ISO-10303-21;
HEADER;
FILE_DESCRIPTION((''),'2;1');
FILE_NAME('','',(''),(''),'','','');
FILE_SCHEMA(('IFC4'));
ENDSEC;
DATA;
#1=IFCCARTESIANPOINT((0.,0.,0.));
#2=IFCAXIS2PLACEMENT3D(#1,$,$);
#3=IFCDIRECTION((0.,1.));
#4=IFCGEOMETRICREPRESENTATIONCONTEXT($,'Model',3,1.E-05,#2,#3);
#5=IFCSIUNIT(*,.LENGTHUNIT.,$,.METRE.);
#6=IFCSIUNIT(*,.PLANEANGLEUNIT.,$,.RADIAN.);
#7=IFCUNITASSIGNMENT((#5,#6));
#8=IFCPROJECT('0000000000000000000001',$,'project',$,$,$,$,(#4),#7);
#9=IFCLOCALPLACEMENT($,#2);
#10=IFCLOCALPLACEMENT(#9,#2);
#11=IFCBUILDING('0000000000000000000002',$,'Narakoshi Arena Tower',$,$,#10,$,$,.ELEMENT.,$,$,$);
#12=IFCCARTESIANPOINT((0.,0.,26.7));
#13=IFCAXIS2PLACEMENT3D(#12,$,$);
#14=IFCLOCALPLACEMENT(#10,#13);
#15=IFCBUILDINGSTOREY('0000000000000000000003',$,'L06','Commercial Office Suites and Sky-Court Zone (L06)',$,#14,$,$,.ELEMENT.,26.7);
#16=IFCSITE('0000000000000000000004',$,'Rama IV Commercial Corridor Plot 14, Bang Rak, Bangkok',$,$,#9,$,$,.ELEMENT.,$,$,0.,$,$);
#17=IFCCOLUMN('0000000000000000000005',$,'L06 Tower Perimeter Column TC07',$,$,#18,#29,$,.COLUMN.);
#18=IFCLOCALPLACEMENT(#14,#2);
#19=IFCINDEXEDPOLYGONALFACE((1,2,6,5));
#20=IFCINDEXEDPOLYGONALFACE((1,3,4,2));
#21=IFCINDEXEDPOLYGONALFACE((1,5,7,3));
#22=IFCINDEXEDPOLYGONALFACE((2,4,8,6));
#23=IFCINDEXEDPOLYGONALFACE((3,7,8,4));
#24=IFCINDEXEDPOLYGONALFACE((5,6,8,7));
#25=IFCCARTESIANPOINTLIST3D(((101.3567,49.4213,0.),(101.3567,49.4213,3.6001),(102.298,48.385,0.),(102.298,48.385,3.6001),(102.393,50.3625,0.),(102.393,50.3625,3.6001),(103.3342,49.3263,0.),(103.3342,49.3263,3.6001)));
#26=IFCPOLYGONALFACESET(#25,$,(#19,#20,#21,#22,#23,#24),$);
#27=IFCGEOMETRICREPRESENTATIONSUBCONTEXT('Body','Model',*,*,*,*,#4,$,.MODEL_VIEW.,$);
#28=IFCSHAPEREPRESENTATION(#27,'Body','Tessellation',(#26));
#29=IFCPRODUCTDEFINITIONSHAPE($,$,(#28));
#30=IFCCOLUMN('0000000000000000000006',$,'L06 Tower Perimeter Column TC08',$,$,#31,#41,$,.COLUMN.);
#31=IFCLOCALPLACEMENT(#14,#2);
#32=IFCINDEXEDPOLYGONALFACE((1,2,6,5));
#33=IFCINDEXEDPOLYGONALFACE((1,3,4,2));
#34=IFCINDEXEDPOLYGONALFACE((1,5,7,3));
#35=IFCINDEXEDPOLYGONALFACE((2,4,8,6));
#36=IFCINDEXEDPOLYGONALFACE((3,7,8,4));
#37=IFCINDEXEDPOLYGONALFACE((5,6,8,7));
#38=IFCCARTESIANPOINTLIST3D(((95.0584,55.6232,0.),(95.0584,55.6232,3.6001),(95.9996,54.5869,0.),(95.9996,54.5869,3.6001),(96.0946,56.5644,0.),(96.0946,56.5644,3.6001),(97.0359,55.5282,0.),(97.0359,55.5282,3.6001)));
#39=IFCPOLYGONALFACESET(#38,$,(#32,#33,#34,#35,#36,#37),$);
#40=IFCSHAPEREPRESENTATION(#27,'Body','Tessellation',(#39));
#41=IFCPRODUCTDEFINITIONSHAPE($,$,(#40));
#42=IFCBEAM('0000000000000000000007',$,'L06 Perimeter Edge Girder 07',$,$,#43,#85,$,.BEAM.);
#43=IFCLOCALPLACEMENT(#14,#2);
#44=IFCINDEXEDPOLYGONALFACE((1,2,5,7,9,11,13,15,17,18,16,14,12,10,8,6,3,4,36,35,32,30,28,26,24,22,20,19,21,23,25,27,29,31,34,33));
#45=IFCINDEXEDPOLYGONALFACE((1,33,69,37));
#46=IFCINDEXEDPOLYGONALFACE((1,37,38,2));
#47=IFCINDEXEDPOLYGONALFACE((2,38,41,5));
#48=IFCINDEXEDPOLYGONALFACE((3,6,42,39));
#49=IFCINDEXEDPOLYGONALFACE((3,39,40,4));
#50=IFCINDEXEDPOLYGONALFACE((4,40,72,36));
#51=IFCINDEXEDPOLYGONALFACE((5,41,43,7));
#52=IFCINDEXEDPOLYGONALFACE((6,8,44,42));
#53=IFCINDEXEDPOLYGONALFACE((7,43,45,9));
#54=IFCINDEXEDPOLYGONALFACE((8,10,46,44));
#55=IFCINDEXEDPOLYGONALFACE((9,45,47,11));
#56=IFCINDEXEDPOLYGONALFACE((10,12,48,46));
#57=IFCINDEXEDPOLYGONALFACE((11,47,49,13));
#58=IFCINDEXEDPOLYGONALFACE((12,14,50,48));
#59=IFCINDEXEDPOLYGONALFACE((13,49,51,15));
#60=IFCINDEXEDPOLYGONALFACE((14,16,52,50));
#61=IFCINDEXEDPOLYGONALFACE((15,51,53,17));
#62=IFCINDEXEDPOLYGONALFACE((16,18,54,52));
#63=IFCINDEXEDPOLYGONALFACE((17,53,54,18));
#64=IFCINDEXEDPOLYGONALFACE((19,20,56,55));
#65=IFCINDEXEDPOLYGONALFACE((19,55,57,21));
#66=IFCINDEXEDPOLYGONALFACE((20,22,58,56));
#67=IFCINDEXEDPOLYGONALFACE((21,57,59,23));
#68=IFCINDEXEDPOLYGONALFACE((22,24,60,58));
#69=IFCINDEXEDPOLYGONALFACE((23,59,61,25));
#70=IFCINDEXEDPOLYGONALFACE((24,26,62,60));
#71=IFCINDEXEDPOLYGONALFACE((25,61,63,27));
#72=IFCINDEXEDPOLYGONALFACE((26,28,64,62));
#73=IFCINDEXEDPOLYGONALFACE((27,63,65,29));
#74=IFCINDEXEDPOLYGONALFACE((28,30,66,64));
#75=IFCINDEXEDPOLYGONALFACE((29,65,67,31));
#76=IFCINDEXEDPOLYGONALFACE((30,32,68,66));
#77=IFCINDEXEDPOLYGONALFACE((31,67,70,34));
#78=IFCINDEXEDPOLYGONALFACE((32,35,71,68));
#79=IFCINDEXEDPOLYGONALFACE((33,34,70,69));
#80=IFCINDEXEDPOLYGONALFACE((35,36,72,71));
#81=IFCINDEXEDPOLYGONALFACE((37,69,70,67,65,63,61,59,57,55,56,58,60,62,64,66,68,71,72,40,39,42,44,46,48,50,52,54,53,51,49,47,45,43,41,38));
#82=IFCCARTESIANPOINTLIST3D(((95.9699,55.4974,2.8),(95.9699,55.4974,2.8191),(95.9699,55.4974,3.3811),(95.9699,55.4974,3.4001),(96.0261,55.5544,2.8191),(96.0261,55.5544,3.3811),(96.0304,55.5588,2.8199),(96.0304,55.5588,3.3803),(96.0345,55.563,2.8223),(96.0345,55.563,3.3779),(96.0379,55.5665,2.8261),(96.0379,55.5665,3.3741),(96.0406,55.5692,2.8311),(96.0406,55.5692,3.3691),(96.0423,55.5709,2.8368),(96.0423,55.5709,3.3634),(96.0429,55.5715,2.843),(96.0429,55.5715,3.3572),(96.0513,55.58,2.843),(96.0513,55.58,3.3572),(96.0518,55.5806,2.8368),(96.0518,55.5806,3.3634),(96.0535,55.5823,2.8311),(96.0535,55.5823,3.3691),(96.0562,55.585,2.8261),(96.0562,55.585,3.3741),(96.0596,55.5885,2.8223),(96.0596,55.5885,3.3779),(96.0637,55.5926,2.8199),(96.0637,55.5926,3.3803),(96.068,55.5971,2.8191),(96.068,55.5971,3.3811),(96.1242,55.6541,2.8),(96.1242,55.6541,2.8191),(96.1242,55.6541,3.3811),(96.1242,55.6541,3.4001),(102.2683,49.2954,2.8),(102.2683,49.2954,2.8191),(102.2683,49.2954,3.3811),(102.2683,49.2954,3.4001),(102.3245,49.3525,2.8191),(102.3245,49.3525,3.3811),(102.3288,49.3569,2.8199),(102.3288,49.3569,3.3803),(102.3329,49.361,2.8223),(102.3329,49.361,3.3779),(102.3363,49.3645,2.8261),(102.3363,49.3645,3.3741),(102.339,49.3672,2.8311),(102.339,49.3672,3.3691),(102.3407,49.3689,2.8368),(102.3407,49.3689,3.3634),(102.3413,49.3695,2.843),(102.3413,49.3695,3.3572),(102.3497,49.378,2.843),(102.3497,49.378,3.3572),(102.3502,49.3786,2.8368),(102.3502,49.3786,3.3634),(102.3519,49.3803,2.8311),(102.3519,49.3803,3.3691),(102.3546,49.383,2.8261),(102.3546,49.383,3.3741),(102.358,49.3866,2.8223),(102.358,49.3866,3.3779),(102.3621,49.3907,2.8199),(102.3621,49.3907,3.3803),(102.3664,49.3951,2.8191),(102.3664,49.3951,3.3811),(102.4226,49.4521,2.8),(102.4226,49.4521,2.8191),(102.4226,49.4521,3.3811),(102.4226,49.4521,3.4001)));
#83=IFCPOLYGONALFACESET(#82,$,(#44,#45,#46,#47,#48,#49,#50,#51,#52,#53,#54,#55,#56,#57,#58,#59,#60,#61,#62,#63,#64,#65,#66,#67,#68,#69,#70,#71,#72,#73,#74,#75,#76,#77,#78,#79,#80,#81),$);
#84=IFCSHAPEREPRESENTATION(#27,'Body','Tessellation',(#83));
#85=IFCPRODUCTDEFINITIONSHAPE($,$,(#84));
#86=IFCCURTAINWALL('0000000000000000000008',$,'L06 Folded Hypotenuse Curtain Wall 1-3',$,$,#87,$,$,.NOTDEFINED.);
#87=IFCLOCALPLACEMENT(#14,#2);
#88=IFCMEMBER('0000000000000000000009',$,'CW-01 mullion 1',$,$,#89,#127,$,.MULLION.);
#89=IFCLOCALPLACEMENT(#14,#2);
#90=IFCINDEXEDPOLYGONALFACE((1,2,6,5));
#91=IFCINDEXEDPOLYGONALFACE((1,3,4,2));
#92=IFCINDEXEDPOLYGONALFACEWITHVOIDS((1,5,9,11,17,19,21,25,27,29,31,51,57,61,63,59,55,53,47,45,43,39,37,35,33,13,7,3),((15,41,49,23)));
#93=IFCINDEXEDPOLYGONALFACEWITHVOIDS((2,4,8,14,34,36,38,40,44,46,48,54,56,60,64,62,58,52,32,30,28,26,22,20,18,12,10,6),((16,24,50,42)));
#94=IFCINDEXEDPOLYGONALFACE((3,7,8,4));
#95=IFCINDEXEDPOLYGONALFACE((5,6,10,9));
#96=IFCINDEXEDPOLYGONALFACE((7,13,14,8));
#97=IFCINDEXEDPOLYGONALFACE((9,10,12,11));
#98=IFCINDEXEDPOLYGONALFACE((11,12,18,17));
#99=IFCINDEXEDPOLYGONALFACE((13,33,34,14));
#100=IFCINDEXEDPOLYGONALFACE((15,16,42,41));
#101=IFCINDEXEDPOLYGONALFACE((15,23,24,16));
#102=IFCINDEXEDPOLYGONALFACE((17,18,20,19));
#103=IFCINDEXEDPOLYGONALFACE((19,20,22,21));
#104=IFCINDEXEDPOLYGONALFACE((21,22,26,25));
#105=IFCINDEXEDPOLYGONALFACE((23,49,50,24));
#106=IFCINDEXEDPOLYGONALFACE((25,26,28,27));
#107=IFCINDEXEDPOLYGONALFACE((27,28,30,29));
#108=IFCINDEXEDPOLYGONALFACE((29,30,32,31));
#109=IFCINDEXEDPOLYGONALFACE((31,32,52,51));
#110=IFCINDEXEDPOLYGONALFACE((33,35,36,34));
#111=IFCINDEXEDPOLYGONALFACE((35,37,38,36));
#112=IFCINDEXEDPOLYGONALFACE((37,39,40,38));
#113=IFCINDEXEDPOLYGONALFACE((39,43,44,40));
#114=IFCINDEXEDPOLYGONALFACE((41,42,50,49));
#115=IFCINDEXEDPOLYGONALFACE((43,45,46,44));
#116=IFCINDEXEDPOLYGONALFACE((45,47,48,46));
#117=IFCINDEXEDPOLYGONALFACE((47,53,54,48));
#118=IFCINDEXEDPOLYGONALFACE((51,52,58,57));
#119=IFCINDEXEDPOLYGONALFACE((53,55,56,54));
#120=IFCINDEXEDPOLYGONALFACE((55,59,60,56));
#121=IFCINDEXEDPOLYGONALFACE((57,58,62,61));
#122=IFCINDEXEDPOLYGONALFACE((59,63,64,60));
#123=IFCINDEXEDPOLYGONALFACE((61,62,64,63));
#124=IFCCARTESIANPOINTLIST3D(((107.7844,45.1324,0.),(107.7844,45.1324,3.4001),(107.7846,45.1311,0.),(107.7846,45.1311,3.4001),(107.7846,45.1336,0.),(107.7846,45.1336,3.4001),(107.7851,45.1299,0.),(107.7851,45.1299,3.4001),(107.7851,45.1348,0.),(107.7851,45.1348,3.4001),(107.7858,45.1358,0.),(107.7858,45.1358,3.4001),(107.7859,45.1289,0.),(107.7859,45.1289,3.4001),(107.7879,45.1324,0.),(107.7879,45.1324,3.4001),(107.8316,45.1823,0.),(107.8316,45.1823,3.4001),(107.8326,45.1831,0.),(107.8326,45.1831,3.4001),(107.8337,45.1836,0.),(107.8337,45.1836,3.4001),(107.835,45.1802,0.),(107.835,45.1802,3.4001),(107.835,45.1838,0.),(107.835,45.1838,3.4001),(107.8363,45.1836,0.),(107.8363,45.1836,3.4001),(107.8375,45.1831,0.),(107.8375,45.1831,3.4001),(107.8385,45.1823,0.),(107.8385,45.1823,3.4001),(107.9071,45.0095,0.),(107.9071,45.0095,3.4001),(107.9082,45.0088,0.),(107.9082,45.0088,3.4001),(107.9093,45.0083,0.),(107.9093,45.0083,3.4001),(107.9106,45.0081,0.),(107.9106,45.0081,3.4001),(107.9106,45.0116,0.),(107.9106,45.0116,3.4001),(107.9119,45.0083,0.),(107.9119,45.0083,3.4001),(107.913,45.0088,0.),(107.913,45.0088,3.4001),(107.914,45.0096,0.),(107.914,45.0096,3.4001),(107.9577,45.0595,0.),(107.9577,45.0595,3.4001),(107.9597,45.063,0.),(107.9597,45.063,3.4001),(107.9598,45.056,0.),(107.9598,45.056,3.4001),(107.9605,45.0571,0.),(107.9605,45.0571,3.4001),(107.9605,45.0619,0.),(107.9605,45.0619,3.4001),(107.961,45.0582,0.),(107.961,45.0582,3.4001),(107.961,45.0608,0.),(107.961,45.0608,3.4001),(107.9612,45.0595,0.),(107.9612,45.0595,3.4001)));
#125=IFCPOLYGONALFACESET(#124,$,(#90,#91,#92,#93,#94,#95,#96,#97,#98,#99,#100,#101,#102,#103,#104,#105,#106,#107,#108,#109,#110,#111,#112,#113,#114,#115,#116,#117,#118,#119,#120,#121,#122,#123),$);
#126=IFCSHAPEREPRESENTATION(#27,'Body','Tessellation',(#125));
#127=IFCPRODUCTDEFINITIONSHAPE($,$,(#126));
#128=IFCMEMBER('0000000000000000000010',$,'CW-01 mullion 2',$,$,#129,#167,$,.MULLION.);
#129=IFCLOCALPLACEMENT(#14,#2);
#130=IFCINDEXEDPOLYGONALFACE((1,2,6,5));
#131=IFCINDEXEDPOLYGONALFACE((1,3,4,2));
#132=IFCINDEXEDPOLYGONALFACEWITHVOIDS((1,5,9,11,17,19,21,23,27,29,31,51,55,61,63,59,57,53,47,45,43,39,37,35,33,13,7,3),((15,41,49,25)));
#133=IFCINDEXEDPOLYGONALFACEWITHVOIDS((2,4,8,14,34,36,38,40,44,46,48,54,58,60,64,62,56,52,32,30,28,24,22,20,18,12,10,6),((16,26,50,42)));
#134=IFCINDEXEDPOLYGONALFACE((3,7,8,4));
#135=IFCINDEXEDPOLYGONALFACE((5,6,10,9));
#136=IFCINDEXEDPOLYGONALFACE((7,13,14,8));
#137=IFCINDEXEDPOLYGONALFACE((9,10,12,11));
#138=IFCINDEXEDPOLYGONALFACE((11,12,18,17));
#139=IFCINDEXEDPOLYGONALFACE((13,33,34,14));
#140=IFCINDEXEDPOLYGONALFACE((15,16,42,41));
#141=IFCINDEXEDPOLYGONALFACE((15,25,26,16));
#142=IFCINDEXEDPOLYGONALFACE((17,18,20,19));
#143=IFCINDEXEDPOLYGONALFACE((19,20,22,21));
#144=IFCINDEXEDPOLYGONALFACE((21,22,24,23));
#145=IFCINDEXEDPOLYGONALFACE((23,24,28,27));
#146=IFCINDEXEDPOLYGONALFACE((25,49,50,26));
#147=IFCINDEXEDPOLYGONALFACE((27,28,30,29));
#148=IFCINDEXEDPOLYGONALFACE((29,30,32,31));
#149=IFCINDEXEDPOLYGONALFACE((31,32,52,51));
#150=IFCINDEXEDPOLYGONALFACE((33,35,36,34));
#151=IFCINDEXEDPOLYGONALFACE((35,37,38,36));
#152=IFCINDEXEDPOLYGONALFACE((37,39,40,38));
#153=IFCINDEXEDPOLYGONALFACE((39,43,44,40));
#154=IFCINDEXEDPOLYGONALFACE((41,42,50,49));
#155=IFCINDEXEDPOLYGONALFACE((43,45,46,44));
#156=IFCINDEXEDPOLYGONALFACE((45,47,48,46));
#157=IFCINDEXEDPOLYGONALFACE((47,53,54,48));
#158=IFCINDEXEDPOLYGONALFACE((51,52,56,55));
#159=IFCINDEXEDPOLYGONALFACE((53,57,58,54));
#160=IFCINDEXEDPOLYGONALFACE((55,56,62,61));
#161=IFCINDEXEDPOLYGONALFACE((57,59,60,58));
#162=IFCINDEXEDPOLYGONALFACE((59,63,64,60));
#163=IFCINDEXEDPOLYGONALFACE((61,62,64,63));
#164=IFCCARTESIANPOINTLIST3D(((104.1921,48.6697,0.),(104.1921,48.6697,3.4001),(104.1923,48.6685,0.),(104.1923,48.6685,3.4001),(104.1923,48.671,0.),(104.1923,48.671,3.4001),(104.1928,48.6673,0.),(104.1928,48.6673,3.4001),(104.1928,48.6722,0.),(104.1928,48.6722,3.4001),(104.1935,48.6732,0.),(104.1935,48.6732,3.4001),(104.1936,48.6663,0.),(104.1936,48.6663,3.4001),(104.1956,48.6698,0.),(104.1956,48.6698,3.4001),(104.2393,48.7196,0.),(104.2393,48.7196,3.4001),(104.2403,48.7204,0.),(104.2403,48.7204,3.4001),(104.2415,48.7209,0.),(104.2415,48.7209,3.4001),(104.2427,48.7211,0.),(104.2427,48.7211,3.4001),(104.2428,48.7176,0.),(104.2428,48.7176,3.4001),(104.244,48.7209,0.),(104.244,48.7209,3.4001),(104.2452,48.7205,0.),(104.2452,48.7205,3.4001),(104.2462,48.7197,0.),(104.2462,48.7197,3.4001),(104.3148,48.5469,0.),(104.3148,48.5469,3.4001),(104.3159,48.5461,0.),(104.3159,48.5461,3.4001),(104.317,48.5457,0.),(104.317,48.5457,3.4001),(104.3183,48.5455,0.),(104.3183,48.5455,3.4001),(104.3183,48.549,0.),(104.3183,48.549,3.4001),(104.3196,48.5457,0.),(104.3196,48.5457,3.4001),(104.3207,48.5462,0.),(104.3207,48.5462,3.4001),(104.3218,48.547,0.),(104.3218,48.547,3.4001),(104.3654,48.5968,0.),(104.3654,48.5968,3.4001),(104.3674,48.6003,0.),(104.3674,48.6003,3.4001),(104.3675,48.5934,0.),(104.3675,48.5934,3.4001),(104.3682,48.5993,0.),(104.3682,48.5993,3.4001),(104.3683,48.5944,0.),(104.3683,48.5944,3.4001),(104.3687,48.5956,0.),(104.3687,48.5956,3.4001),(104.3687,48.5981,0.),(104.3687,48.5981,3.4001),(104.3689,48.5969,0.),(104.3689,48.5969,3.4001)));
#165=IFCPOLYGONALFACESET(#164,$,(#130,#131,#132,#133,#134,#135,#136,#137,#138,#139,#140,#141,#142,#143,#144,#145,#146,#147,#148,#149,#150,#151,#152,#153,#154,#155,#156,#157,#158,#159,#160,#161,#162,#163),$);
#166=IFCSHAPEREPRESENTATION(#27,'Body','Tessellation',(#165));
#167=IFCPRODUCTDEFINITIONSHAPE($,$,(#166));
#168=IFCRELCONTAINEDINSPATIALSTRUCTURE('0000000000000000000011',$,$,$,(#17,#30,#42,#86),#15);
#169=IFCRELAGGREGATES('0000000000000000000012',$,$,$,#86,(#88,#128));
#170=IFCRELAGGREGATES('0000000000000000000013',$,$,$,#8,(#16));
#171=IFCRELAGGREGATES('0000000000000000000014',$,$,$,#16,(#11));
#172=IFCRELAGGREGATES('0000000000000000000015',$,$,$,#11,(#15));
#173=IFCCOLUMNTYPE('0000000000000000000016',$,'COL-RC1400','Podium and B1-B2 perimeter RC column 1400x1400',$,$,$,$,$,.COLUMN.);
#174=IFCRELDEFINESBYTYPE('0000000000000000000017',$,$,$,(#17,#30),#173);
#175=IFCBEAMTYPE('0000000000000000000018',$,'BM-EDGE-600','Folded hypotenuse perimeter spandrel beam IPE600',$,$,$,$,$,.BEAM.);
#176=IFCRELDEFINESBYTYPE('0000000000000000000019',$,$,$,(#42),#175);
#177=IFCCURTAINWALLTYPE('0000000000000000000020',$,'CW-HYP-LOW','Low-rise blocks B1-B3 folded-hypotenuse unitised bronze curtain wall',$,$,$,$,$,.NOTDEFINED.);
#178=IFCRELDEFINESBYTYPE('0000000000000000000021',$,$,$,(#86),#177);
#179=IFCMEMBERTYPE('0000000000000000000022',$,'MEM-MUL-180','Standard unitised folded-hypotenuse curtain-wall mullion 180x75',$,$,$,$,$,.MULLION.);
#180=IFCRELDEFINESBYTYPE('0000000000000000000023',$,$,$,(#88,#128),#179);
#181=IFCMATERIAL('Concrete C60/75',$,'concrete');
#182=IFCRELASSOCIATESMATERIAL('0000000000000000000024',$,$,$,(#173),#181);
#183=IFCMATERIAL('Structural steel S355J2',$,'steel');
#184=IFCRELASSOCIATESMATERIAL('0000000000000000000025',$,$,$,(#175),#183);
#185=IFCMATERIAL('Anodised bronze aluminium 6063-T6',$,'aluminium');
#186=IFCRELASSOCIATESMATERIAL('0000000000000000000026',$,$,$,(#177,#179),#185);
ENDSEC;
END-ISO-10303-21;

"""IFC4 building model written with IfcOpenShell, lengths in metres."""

from ifc_helpers import new_model, si_unit, direction, frame, origin, origin_2d, place, context, subcontext, project, spatial, rectangle, hollow_rectangle, i_section, extrude, material, material_profile, profile_set, type_object, element, aggregate, save


model = new_model("IFC4")

# Units and contexts
model_context = context("Model", 3, precision=1e-05, world=origin(), true_north=direction((0.0, 1.0)))
body_context = subcontext(model_context, "Body", "Model", "MODEL_VIEW")
ifc_project = project(units=[si_unit("LENGTHUNIT", "METRE"), si_unit("PLANEANGLEUNIT", "RADIAN")], contexts=[model_context])

# Site, building, storey
site_placement = place(None, origin())
site = spatial("IfcSite", under=ifc_project, at=site_placement, Name="Rama IV Commercial Corridor Plot 14, Bang Rak, Bangkok", CompositionType="ELEMENT", RefElevation=0.0)
building_placement = place(site_placement, origin())
building = spatial("IfcBuilding", under=site, at=building_placement, Name="Narakoshi Arena Tower", CompositionType="ELEMENT")
storey_placement = place(building_placement, frame((0.0, 0.0, 26.7)))
storey = spatial("IfcBuildingStorey", under=building, at=storey_placement, Name="L06", Description="Commercial Office Suites and Sky-Court Zone (L06)", CompositionType="ELEMENT", Elevation=26.7)

# Columns
ifc_material_1 = material(Name="Concrete C60/75", Category="concrete")
ifc_material_profile_1 = material_profile(ifc_material_1, rectangle(XDim=1.3999, YDim=1.3999, at=origin_2d()), Name="RC1400x1400")
ifc_profile_set_1 = profile_set([ifc_material_profile_1], Name="Concrete C60/75")
column_type = type_object("IfcColumnType", Name="COL-RC1400", Description="Podium and B1-B2 perimeter RC column 1400x1400", PredefinedType="COLUMN", material=ifc_profile_set_1)
for number, where, z_axis, x_axis, name in (
    (1, (102.3455, 49.3738, 0.0), (0.0, 0.0, 1.0), (0.740218, 0.672367, 0.0), "L06 Tower Perimeter Column TC07"),
    (2, (96.0471, 55.5757, 0.0), (0.0, 0.0, 1.0), (0.740218, 0.672367, 0.0), "L06 Tower Perimeter Column TC08"),
):
    element("IfcColumn", number, at=place(storey_placement, frame(where, z_axis=z_axis, x_axis=x_axis)), inside=storey, type_object=column_type, Name=name, PredefinedType="COLUMN", context=body_context, shape_type="SweptSolid", body=[
        extrude(rectangle(XDim=1.3999, YDim=1.3999, at=origin_2d()), origin(), (0.0, 0.0, 1.0), 3.6001),
    ])

# Beam
ifc_material_2 = material(Name="Structural steel S355J2", Category="steel")
ifc_material_profile_2 = material_profile(ifc_material_2, i_section(OverallWidth=0.22, OverallDepth=0.6001, WebThickness=0.012, FlangeThickness=0.019, FilletRadius=0.0239, at=origin_2d()), Name="IPE600")
ifc_profile_set_2 = profile_set([ifc_material_profile_2], Name="Structural steel S355J2")
beam_type = type_object("IfcBeamType", Name="BM-EDGE-600", Description="Folded hypotenuse perimeter spandrel beam IPE600", PredefinedType="BEAM", material=ifc_profile_set_2)
beam_placement = place(storey_placement, frame((102.3455, 49.3738, 3.1001), z_axis=(-0.712541, 0.701631, 0.0), x_axis=(-0.701631, -0.712541, 0.0)))
element("IfcBeam", 3, at=beam_placement, inside=storey, type_object=beam_type, Name="L06 Perimeter Edge Girder 07", PredefinedType="BEAM", context=body_context, shape_type="SweptSolid", body=[
    extrude(i_section(OverallWidth=0.22, OverallDepth=0.6001, WebThickness=0.012, FlangeThickness=0.019, FilletRadius=0.0239, at=origin_2d()), origin(), (0.0, 0.0, 1.0), 8.8394),
])

# Curtain wall, members
ifc_material_3 = material(Name="Anodised bronze aluminium 6063-T6", Category="aluminium")
curtain_wall_type = type_object("IfcCurtainWallType", Name="CW-HYP-LOW", Description="Low-rise blocks B1-B3 folded-hypotenuse unitised bronze curtain wall", PredefinedType="NOTDEFINED", material=ifc_material_3)
curtain_wall_1_placement = place(storey_placement, origin())
curtain_wall_1 = element("IfcCurtainWall", 4, at=curtain_wall_1_placement, inside=storey, type_object=curtain_wall_type, Name="L06 Folded Hypotenuse Curtain Wall 1-3", PredefinedType="NOTDEFINED")
ifc_material_profile_3 = material_profile(ifc_material_3, hollow_rectangle(XDim=0.075, YDim=0.1799, WallThickness=0.0039, OuterFilletRadius=0.0049, at=origin_2d()), Name="MUL180x75x4")
ifc_profile_set_3 = profile_set([ifc_material_profile_3], Name="Anodised bronze aluminium 6063-T6")
member_type_1 = type_object("IfcMemberType", Name="MEM-MUL-180", Description="Standard unitised folded-hypotenuse curtain-wall mullion 180x75", PredefinedType="MULLION", material=ifc_profile_set_3)
member_1_placement = place(storey_placement, frame((107.8728, 45.0959, 0.0), z_axis=(0.0, 0.0, 1.0), x_axis=(-0.701633, -0.712539, 0.0)))
member_1 = element("IfcMember", 5, at=member_1_placement, type_object=member_type_1, Name="CW-01 mullion 1", PredefinedType="MULLION", context=body_context, shape_type="SweptSolid", body=[
    extrude(hollow_rectangle(XDim=0.075, YDim=0.1799, WallThickness=0.0039, OuterFilletRadius=0.0049, at=origin_2d()), origin(), (0.0, 0.0, 1.0), 3.4001),
])
member_2_placement = place(storey_placement, frame((104.2805, 48.6333, 0.0), z_axis=(0.0, 0.0, 1.0), x_axis=(-0.701633, -0.712539, 0.0)))
member_2 = element("IfcMember", 6, at=member_2_placement, type_object=member_type_1, Name="CW-01 mullion 2", PredefinedType="MULLION", context=body_context, shape_type="SweptSolid", body=[
    extrude(hollow_rectangle(XDim=0.075, YDim=0.1799, WallThickness=0.0039, OuterFilletRadius=0.0049, at=origin_2d()), origin(), (0.0, 0.0, 1.0), 3.4001),
])

aggregate(curtain_wall_1, [member_1, member_2])

save(model, "model.ifc")
